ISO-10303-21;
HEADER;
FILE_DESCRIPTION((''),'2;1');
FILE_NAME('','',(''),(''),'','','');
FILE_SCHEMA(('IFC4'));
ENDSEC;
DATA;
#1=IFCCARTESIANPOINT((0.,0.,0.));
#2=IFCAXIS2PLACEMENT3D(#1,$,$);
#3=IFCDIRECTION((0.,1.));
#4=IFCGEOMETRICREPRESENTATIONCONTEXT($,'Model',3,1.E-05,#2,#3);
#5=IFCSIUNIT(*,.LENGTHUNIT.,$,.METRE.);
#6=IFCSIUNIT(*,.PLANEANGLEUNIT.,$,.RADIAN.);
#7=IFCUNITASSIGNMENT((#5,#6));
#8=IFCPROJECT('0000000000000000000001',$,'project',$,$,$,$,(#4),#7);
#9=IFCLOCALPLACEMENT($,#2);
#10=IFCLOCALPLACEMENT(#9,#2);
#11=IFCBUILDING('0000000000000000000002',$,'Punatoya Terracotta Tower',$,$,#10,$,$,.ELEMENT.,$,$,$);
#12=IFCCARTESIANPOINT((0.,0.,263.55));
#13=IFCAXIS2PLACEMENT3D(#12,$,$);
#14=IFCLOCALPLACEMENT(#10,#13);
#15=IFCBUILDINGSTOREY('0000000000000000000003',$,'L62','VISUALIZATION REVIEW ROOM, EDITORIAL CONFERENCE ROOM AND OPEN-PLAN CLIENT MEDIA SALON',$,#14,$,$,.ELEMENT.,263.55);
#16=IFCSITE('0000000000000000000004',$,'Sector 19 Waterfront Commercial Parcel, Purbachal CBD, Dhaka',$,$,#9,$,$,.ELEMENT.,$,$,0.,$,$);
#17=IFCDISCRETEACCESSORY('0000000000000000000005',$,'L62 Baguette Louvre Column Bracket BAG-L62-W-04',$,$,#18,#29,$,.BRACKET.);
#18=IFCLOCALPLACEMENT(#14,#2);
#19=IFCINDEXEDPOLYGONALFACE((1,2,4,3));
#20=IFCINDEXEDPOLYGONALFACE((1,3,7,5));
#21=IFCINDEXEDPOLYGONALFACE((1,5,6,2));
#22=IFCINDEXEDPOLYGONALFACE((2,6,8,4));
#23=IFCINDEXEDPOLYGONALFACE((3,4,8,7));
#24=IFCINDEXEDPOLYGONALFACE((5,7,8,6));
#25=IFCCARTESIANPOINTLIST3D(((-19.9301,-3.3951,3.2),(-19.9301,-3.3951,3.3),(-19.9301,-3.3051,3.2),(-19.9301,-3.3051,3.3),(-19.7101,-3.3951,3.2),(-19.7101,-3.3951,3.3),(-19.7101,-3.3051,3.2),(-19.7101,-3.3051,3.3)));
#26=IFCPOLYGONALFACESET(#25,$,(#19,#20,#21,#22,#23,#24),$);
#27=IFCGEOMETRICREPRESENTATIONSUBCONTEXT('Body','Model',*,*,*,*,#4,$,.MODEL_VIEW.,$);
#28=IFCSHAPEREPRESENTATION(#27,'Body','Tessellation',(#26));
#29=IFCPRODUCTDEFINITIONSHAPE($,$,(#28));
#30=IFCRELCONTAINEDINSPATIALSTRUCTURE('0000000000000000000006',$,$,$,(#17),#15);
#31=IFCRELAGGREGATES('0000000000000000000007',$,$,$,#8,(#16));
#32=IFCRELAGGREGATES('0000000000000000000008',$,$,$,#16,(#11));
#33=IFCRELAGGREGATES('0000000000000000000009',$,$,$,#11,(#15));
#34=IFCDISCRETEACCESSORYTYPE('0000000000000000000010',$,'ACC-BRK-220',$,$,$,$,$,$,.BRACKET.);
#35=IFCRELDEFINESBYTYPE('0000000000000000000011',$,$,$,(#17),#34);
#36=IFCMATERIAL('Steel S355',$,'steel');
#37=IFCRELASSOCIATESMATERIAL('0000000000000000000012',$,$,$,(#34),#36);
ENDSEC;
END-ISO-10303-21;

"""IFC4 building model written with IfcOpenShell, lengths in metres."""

from ifc_helpers import new_model, si_unit, direction, frame, origin, origin_2d, place, context, subcontext, project, spatial, rectangle, extrude, material, type_object, element, save


model = new_model("IFC4")

# Units and contexts
model_context = context("Model", 3, precision=1e-05, world=origin(), true_north=direction((0.0, 1.0)))
body_context = subcontext(model_context, "Body", "Model", "MODEL_VIEW")
ifc_project = project(units=[si_unit("LENGTHUNIT", "METRE"), si_unit("PLANEANGLEUNIT", "RADIAN")], contexts=[model_context])

# Site, building, storey
site_placement = place(None, origin())
site = spatial("IfcSite", under=ifc_project, at=site_placement, Name="Sector 19 Waterfront Commercial Parcel, Purbachal CBD, Dhaka", CompositionType="ELEMENT", RefElevation=0.0)
building_placement = place(site_placement, origin())
building = spatial("IfcBuilding", under=site, at=building_placement, Name="Punatoya Terracotta Tower", CompositionType="ELEMENT")
storey_placement = place(building_placement, frame((0.0, 0.0, 263.55)))
storey = spatial("IfcBuildingStorey", under=building, at=storey_placement, Name="L62", Description="VISUALIZATION REVIEW ROOM, EDITORIAL CONFERENCE ROOM AND OPEN-PLAN CLIENT MEDIA SALON", CompositionType="ELEMENT", Elevation=263.55)

# Shared definitions
ifc_material_1 = material(Name="Steel S355", Category="steel")

# Discrete accessory
discrete_accessory_type = type_object("IfcDiscreteAccessoryType", Name="ACC-BRK-220", PredefinedType="BRACKET", material=ifc_material_1)
for number, where, z_axis, x_axis, name in (
    (1, (-19.8201, -3.3501, 3.2), (0.0, 0.0, 1.0), (0.0, 1.0, 0.0), "L62 Baguette Louvre Column Bracket BAG-L62-W-04"),
):
    element("IfcDiscreteAccessory", number, at=place(storey_placement, frame(where, z_axis=z_axis, x_axis=x_axis)), inside=storey, type_object=discrete_accessory_type, Name=name, PredefinedType="BRACKET", context=body_context, shape_type="SweptSolid", body=[
        extrude(rectangle(XDim=0.0901, YDim=0.22, at=origin_2d()), origin(), (0.0, 0.0, 1.0), 0.1001),
    ])

save(model, "model.ifc")
